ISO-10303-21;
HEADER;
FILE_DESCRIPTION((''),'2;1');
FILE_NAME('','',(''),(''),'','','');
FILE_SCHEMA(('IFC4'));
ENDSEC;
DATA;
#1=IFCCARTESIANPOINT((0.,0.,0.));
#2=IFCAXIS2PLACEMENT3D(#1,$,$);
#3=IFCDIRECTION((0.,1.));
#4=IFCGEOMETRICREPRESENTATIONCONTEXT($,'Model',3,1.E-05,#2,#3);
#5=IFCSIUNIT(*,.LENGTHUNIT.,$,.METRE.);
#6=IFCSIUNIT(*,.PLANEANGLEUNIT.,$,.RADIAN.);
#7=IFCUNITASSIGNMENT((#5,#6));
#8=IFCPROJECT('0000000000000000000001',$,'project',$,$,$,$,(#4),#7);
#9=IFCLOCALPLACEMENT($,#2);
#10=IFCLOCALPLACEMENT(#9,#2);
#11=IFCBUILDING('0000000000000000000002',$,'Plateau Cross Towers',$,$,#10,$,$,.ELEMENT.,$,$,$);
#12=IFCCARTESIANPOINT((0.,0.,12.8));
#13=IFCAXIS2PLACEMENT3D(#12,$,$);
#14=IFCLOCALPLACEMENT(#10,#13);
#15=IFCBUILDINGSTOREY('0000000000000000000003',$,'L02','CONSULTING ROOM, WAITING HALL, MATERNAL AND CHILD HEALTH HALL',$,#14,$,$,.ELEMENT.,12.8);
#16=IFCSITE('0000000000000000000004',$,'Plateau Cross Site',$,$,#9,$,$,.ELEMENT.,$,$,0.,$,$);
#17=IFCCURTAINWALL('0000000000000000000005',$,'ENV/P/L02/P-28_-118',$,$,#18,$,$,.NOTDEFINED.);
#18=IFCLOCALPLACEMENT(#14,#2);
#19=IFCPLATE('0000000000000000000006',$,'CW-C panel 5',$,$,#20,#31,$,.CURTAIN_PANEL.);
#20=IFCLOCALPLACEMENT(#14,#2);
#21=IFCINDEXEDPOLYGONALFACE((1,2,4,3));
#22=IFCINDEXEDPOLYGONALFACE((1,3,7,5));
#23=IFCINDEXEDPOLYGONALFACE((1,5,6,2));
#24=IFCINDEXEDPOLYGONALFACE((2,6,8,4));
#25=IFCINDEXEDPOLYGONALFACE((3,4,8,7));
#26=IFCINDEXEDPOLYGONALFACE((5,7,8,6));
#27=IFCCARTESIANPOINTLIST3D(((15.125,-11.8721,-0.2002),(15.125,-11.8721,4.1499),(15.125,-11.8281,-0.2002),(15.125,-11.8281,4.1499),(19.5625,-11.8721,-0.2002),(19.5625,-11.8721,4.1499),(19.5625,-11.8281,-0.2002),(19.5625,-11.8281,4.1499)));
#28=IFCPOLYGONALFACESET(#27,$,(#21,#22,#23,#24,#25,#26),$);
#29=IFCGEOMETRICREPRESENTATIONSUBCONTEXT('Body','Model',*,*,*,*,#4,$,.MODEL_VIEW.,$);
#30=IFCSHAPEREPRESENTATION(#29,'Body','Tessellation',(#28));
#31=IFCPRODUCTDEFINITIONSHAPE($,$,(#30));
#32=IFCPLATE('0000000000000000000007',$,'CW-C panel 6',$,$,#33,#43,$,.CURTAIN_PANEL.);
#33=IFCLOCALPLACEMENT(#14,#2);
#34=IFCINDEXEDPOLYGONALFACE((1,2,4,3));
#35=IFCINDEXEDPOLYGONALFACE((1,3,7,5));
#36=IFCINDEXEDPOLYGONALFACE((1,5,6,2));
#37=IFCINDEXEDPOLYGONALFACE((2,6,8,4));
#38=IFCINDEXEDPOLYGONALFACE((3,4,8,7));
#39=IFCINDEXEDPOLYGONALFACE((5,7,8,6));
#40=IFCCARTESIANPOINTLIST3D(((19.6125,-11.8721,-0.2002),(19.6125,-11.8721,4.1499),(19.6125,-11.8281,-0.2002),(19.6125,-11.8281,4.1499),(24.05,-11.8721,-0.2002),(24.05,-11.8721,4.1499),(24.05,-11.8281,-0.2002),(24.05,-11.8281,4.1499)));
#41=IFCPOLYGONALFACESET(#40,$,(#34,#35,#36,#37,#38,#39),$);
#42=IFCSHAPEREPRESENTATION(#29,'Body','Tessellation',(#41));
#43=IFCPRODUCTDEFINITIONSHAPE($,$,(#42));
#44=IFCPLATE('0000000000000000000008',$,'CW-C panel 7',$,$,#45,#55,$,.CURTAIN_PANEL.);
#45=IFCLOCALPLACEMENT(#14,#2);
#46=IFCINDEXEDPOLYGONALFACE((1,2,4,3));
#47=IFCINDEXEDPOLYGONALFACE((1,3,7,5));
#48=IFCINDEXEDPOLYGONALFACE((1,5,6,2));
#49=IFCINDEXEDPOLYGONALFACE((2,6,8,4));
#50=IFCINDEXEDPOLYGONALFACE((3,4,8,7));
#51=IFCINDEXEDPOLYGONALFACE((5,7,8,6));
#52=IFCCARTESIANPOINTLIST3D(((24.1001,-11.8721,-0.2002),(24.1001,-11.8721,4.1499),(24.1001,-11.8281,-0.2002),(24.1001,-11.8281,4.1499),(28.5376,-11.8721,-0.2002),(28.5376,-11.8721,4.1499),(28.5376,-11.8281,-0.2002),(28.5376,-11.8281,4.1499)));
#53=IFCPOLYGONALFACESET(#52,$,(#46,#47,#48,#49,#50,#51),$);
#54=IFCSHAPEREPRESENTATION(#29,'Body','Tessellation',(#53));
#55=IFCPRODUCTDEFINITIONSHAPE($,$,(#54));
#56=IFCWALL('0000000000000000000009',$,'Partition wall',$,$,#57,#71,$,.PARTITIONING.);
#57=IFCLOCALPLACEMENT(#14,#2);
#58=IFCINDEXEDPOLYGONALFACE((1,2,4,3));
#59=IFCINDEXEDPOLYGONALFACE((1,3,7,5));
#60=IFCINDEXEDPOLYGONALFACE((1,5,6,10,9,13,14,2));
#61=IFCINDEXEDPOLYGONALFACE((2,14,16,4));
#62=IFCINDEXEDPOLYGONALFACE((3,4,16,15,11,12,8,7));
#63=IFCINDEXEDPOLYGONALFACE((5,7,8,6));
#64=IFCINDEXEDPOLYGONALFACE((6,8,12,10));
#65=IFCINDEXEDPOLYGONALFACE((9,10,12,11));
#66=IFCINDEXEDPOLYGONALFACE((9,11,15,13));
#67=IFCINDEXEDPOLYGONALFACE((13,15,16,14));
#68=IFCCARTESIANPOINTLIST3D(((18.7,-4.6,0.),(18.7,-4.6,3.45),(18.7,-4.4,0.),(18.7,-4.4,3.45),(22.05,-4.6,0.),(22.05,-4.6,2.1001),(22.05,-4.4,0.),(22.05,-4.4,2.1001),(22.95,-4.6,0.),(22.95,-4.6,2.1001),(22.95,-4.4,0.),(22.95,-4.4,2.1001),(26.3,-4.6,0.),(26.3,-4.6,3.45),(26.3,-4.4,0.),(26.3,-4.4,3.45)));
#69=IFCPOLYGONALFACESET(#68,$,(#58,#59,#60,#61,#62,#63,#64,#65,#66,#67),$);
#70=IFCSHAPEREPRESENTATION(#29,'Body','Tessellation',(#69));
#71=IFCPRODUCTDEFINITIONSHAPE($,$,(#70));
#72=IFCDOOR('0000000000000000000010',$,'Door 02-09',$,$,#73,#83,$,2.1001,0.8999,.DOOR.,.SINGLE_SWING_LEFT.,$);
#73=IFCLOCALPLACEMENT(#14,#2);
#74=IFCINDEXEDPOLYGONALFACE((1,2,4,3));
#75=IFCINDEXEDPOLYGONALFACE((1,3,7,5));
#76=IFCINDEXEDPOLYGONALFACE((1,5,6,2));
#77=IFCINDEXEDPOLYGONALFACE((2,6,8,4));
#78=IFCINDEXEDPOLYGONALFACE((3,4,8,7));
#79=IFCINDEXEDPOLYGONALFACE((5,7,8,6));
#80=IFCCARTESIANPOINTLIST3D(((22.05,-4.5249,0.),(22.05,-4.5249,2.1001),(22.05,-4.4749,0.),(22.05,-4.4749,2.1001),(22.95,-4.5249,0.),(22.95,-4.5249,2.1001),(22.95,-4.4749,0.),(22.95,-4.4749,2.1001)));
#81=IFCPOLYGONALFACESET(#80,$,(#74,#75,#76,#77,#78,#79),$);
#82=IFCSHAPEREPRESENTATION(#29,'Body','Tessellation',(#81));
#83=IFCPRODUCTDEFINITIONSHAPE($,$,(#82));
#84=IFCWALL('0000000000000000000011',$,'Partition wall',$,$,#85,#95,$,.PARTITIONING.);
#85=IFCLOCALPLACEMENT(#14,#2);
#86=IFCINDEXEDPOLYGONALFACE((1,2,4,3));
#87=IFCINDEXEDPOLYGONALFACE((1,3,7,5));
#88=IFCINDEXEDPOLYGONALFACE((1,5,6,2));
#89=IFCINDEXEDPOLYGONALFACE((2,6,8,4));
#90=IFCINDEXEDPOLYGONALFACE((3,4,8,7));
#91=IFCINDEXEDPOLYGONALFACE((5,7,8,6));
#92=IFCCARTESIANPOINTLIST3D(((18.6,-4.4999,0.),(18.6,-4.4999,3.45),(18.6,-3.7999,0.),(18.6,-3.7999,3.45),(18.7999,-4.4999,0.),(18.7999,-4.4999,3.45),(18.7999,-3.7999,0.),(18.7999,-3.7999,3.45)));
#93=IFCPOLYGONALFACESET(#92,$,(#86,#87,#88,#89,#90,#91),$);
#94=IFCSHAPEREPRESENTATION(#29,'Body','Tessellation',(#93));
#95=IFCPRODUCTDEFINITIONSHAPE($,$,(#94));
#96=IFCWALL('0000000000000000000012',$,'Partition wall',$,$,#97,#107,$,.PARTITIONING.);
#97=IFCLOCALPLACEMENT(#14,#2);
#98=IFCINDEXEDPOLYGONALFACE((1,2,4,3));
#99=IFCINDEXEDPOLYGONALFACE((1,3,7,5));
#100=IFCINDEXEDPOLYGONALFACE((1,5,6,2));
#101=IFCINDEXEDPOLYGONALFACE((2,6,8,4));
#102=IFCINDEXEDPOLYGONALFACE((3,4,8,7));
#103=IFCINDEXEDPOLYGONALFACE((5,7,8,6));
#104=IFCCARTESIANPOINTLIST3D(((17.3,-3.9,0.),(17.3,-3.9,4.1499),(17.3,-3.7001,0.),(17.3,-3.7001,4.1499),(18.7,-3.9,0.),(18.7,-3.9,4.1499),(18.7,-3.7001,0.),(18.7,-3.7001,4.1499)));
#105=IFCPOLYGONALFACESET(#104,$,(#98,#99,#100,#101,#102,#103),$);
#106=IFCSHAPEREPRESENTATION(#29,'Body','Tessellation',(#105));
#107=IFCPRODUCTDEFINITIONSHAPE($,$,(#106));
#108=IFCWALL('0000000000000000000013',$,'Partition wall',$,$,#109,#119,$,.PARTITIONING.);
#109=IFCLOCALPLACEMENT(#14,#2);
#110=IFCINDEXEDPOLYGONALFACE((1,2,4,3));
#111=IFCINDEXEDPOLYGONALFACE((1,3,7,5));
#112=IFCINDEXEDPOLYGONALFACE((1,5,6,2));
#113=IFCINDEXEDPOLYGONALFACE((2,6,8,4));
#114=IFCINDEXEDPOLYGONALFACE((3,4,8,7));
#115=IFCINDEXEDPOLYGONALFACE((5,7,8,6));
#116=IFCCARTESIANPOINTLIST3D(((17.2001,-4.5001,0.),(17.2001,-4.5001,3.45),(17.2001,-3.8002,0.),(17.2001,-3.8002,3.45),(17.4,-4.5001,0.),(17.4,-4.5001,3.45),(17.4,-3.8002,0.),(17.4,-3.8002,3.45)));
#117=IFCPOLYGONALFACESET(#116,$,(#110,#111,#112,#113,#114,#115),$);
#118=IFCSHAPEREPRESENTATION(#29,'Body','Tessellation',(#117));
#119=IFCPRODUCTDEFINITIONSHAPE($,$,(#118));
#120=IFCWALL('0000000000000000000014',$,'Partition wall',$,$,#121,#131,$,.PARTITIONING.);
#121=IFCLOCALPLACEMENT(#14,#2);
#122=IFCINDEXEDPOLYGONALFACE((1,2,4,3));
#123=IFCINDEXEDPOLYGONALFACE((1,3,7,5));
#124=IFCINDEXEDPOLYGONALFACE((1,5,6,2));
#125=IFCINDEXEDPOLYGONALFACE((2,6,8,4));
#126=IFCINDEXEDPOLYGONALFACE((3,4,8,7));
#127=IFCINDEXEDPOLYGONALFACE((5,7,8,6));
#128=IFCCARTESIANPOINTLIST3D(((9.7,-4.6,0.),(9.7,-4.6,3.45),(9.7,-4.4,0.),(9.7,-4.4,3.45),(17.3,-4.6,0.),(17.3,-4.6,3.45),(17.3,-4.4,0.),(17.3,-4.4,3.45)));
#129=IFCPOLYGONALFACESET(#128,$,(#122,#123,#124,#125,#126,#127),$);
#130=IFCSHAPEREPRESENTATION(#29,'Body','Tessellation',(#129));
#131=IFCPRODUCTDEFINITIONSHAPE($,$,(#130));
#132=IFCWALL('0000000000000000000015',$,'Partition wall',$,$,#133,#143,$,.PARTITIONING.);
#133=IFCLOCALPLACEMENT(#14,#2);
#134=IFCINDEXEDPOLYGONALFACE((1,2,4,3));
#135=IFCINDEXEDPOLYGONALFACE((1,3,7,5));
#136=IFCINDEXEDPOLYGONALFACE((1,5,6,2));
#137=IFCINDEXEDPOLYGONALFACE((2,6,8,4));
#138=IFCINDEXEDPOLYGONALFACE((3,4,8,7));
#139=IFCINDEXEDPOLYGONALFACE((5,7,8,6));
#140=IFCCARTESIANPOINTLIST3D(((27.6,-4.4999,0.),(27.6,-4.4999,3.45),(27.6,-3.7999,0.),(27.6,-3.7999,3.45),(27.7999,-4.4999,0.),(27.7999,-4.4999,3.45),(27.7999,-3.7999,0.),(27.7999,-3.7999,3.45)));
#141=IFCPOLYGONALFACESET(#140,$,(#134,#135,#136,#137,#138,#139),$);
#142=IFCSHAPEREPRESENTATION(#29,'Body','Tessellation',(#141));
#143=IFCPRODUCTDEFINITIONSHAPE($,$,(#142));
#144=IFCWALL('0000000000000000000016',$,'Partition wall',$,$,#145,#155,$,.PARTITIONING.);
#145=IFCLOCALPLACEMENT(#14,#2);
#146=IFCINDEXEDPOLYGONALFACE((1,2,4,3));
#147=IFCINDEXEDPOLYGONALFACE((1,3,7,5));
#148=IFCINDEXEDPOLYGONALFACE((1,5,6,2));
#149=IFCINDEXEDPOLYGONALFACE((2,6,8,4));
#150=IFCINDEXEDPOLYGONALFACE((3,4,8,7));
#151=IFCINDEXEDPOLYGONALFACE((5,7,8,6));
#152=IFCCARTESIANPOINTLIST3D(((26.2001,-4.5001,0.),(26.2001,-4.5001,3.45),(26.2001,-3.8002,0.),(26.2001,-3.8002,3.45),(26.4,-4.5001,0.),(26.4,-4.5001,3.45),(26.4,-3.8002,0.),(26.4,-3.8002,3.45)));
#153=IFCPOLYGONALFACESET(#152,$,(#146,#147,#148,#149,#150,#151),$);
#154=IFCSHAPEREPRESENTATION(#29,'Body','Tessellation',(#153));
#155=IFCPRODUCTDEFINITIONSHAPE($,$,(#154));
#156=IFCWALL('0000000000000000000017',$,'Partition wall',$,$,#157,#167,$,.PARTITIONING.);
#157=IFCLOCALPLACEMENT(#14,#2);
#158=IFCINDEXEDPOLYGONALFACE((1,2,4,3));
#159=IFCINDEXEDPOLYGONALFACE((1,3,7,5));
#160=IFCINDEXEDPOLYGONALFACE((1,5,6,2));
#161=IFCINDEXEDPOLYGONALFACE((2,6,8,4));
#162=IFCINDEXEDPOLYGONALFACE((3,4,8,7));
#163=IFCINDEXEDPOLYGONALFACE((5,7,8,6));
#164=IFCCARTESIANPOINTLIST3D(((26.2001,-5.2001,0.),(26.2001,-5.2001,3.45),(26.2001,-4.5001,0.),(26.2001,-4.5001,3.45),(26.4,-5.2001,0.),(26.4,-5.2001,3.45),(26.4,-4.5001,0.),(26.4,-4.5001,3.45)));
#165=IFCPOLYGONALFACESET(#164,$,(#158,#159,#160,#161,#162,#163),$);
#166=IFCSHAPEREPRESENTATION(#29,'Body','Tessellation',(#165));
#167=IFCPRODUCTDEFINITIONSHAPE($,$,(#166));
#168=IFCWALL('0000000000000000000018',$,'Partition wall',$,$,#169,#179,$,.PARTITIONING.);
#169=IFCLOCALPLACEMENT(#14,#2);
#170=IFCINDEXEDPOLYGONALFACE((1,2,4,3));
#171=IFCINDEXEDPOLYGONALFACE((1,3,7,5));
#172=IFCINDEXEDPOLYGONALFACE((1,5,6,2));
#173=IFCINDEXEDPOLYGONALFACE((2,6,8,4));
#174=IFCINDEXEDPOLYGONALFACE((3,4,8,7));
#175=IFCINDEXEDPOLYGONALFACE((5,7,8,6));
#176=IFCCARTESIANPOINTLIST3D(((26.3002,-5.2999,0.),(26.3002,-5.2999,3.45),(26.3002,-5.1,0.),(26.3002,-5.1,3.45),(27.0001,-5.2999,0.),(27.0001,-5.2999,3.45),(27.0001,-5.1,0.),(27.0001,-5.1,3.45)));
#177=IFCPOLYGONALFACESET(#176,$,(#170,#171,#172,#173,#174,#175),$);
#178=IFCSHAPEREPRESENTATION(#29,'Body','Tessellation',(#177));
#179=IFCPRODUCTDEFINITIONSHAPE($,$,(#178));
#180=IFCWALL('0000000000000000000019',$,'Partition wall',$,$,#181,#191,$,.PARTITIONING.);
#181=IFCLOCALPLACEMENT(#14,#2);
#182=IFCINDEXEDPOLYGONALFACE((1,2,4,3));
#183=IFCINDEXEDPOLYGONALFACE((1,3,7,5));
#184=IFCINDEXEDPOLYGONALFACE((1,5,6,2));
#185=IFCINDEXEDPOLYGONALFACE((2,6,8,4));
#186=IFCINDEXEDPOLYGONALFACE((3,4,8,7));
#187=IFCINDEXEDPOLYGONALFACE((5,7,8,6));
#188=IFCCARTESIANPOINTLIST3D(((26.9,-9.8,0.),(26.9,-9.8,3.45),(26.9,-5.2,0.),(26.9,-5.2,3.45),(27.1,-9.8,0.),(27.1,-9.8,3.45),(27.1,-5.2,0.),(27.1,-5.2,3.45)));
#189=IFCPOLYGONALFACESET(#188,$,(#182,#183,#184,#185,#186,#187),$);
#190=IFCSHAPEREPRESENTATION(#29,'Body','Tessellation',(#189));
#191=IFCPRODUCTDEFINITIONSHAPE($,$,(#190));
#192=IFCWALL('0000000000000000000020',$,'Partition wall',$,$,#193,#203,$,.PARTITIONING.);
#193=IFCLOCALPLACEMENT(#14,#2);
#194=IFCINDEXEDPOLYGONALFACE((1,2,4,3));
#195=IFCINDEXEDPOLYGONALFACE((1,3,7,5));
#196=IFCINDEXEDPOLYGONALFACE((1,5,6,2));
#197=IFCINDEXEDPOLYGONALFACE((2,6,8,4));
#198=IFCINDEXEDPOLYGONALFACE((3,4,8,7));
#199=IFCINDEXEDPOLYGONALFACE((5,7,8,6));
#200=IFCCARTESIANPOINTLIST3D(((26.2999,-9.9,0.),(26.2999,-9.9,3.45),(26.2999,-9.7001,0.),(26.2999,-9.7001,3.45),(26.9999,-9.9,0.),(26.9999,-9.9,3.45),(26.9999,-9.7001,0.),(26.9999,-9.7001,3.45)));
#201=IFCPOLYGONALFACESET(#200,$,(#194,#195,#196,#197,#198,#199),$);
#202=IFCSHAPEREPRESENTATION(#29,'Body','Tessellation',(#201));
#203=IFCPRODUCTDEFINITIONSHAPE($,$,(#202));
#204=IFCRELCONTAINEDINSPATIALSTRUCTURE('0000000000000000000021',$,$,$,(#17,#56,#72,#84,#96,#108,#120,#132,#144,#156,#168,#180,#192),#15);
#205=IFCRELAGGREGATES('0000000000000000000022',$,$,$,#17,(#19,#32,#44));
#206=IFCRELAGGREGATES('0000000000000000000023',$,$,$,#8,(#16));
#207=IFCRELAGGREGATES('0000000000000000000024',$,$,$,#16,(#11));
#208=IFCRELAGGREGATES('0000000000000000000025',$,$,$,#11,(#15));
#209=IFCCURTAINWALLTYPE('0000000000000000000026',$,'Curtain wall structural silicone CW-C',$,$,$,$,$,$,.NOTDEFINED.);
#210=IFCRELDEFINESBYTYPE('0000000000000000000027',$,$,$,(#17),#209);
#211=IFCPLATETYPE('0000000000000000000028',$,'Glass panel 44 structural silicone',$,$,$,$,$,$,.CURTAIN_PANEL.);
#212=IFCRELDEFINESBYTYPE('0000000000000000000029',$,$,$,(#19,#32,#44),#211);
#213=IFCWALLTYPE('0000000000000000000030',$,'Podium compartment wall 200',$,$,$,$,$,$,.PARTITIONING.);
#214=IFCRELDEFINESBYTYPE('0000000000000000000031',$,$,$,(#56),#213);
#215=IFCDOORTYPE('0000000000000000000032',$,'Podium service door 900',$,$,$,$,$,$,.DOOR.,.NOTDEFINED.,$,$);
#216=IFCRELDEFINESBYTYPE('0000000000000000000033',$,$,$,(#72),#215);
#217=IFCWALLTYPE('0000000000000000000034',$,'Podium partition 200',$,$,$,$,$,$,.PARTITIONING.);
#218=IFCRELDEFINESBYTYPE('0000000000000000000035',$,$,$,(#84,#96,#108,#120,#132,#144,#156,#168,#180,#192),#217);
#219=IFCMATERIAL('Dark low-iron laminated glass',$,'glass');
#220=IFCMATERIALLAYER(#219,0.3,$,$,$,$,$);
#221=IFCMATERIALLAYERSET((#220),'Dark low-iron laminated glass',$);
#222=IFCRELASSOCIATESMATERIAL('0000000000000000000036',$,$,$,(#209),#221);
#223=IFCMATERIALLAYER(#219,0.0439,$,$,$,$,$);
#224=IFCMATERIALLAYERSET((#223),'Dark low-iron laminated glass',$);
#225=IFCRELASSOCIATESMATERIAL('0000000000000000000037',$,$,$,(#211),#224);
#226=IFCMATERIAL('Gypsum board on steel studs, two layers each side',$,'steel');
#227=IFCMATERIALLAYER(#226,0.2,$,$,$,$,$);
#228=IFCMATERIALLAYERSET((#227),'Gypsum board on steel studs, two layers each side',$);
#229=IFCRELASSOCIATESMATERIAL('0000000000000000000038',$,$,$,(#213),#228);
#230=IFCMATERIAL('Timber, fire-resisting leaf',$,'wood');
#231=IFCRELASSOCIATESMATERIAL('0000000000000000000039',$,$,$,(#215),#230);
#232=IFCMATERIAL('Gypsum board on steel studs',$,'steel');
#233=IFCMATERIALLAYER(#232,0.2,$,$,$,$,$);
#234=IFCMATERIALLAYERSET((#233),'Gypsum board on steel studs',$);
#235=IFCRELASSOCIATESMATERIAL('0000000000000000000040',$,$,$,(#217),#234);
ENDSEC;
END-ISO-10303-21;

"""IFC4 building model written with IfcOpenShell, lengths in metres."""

from ifc_helpers import new_model, si_unit, direction, frame, frame_2d, origin, origin_2d, place, context, subcontext, project, spatial, rectangle, extrude, material, layer, layer_set, type_object, element, fill, aggregate, save


model = new_model("IFC4")

# Units and contexts
model_context = context("Model", 3, precision=1e-05, world=origin(), true_north=direction((0.0, 1.0)))
body_context = subcontext(model_context, "Body", "Model", "MODEL_VIEW")
ifc_project = project(units=[si_unit("LENGTHUNIT", "METRE"), si_unit("PLANEANGLEUNIT", "RADIAN")], contexts=[model_context])

# Site, building, storey
site_placement = place(None, origin())
site = spatial("IfcSite", under=ifc_project, at=site_placement, Name="Plateau Cross Site", CompositionType="ELEMENT", RefElevation=0.0)
building_placement = place(site_placement, origin())
building = spatial("IfcBuilding", under=site, at=building_placement, Name="Plateau Cross Towers", CompositionType="ELEMENT")
storey_placement = place(building_placement, frame((0.0, 0.0, 12.8)))
storey = spatial("IfcBuildingStorey", under=building, at=storey_placement, Name="L02", Description="CONSULTING ROOM, WAITING HALL, MATERNAL AND CHILD HEALTH HALL", CompositionType="ELEMENT", Elevation=12.8)

# Curtain wall
ifc_material_1 = material(Name="Dark low-iron laminated glass", Category="glass")
ifc_layer_1 = layer(ifc_material_1, 0.3)
ifc_layer_set_1 = layer_set([ifc_layer_1], Name="Dark low-iron laminated glass")
curtain_wall_type = type_object("IfcCurtainWallType", Name="Curtain wall structural silicone CW-C", PredefinedType="NOTDEFINED", material=ifc_layer_set_1)
curtain_wall_placement = place(storey_placement, origin())
curtain_wall = element("IfcCurtainWall", 1, at=curtain_wall_placement, inside=storey, type_object=curtain_wall_type, Name="ENV/P/L02/P-28_-118", PredefinedType="NOTDEFINED")

# Plates
ifc_layer_2 = layer(ifc_material_1, 0.0439)
ifc_layer_set_2 = layer_set([ifc_layer_2], Name="Dark low-iron laminated glass")
plate_type = type_object("IfcPlateType", Name="Glass panel 44 structural silicone", PredefinedType="CURTAIN_PANEL", material=ifc_layer_set_2)
plate_1_placement = place(storey_placement, frame((17.3438, -11.8501, -0.2002), z_axis=(0.0, 0.0, 1.0), x_axis=(1.0, 0.0, 0.0)))
plate_1 = element("IfcPlate", 2, at=plate_1_placement, type_object=plate_type, Name="CW-C panel 5", PredefinedType="CURTAIN_PANEL", context=body_context, shape_type="SweptSolid", body=[
    extrude(rectangle(XDim=4.4375, YDim=0.0439, at=origin_2d()), origin(), (0.0, 0.0, 1.0), 4.3501),
])
plate_2_placement = place(storey_placement, frame((21.8313, -11.8501, -0.2002), z_axis=(0.0, 0.0, 1.0), x_axis=(1.0, 0.0, 0.0)))
plate_2 = element("IfcPlate", 3, at=plate_2_placement, type_object=plate_type, Name="CW-C panel 6", PredefinedType="CURTAIN_PANEL", context=body_context, shape_type="SweptSolid", body=[
    extrude(rectangle(XDim=4.4375, YDim=0.0439, at=origin_2d()), origin(), (0.0, 0.0, 1.0), 4.3501),
])
plate_3_placement = place(storey_placement, frame((26.3188, -11.8501, -0.2002), z_axis=(0.0, 0.0, 1.0), x_axis=(1.0, 0.0, 0.0)))
plate_3 = element("IfcPlate", 4, at=plate_3_placement, type_object=plate_type, Name="CW-C panel 7", PredefinedType="CURTAIN_PANEL", context=body_context, shape_type="SweptSolid", body=[
    extrude(rectangle(XDim=4.4375, YDim=0.0439, at=origin_2d()), origin(), (0.0, 0.0, 1.0), 4.3501),
])
aggregate(curtain_wall, [plate_1, plate_2, plate_3])

# Wall, opening, door
ifc_material_2 = material(Name="Gypsum board on steel studs, two layers each side", Category="steel")
ifc_layer_3 = layer(ifc_material_2, 0.2)
ifc_layer_set_3 = layer_set([ifc_layer_3], Name="Gypsum board on steel studs, two layers each side")
wall_type_1 = type_object("IfcWallType", Name="Podium compartment wall 200", PredefinedType="PARTITIONING", material=ifc_layer_set_3)
wall_1_placement = place(storey_placement, frame((26.3, -4.5, 0.0), z_axis=(0.0, 0.0, 1.0), x_axis=(-1.0, 0.0, 0.0)))
wall_1 = element("IfcWall", 5, at=wall_1_placement, inside=storey, type_object=wall_type_1, Name="Partition wall", PredefinedType="PARTITIONING", context=body_context, shape_type="SweptSolid", body=[
    extrude(rectangle(XDim=7.6001, YDim=0.2, at=frame_2d((3.8, 0.0))), origin(), (0.0, 0.0, 1.0), 3.45),
])
opening_placement = place(wall_1_placement, frame((3.3501, 0.0, 0.0)))
opening = element("IfcOpeningElement", 6, at=opening_placement, cuts=wall_1, PredefinedType="OPENING", context=body_context, shape_type="SweptSolid", body=[
    extrude(rectangle(XDim=0.8999, YDim=2.1001, at=frame_2d((0.45, 1.05))), frame((0.0, 0.1099, 0.0), z_axis=(0.0, -1.0, 0.0), x_axis=(1.0, 0.0, 0.0)), (0.0, 0.0, 1.0), 0.22),
])
ifc_material_3 = material(Name="Timber, fire-resisting leaf", Category="wood")
door_type = type_object("IfcDoorType", Name="Podium service door 900", OperationType="NOTDEFINED", PredefinedType="DOOR", material=ifc_material_3)
door_placement = place(opening_placement, origin())
door = element("IfcDoor", 7, at=door_placement, inside=storey, type_object=door_type, Name="Door 02-09", OperationType="SINGLE_SWING_LEFT", OverallHeight=2.1001, OverallWidth=0.8999, PredefinedType="DOOR", context=body_context, shape_type="SweptSolid", body=[
    extrude(rectangle(XDim=0.8999, YDim=2.1001, at=frame_2d((0.45, 1.05))), frame((0.0, 0.0249, 0.0), z_axis=(0.0, -1.0, 0.0), x_axis=(1.0, 0.0, 0.0)), (0.0, 0.0, 1.0), 0.05),
])
fill(opening, door)

# Walls
ifc_material_4 = material(Name="Gypsum board on steel studs", Category="steel")
ifc_layer_4 = layer(ifc_material_4, 0.2)
ifc_layer_set_4 = layer_set([ifc_layer_4], Name="Gypsum board on steel studs")
wall_type_2 = type_object("IfcWallType", Name="Podium partition 200", PredefinedType="PARTITIONING", material=ifc_layer_set_4)
wall_2_placement = place(storey_placement, frame((18.7, -4.5, 0.0), z_axis=(0.0, 0.0, 1.0), x_axis=(0.0, 1.0, 0.0)))
element("IfcWall", 8, at=wall_2_placement, inside=storey, type_object=wall_type_2, Name="Partition wall", PredefinedType="PARTITIONING", context=body_context, shape_type="SweptSolid", body=[
    extrude(rectangle(XDim=0.7, YDim=0.2, at=frame_2d((0.3501, 0.0))), origin(), (0.0, 0.0, 1.0), 3.45),
])
wall_3_placement = place(storey_placement, frame((18.7, -3.8, 0.0), z_axis=(0.0, 0.0, 1.0), x_axis=(-1.0, 0.0, 0.0)))
element("IfcWall", 9, at=wall_3_placement, inside=storey, type_object=wall_type_2, Name="Partition wall", PredefinedType="PARTITIONING", context=body_context, shape_type="SweptSolid", body=[
    extrude(rectangle(XDim=1.3999, YDim=0.2, at=frame_2d((0.7, 0.0))), origin(), (0.0, 0.0, 1.0), 4.1499),
])
wall_4_placement = place(storey_placement, frame((17.3, -3.8, 0.0), z_axis=(0.0, 0.0, 1.0), x_axis=(0.0, -1.0, 0.0)))
element("IfcWall", 10, at=wall_4_placement, inside=storey, type_object=wall_type_2, Name="Partition wall", PredefinedType="PARTITIONING", context=body_context, shape_type="SweptSolid", body=[
    extrude(rectangle(XDim=0.7, YDim=0.2, at=frame_2d((0.3501, 0.0))), origin(), (0.0, 0.0, 1.0), 3.45),
])
wall_5_placement = place(storey_placement, frame((17.3, -4.5, 0.0), z_axis=(0.0, 0.0, 1.0), x_axis=(-1.0, 0.0, 0.0)))
element("IfcWall", 11, at=wall_5_placement, inside=storey, type_object=wall_type_2, Name="Partition wall", PredefinedType="PARTITIONING", context=body_context, shape_type="SweptSolid", body=[
    extrude(rectangle(XDim=7.6001, YDim=0.2, at=frame_2d((3.8, 0.0))), origin(), (0.0, 0.0, 1.0), 3.45),
])
for number, where, z_axis, x_axis, name in (
    (12, (27.7, -4.5, 0.0), (0.0, 0.0, 1.0), (0.0, 1.0, 0.0), "Partition wall"),
    (13, (26.3, -3.8, 0.0), (0.0, 0.0, 1.0), (0.0, -1.0, 0.0), "Partition wall"),
    (14, (26.3, -4.5, 0.0), (0.0, 0.0, 1.0), (0.0, -1.0, 0.0), "Partition wall"),
    (15, (26.3, -5.2, 0.0), (0.0, 0.0, 1.0), (1.0, 0.0, 0.0), "Partition wall"),
):
    element("IfcWall", number, at=place(storey_placement, frame(where, z_axis=z_axis, x_axis=x_axis)), inside=storey, type_object=wall_type_2, Name=name, PredefinedType="PARTITIONING", context=body_context, shape_type="SweptSolid", body=[
        extrude(rectangle(XDim=0.7, YDim=0.2, at=frame_2d((0.3501, 0.0))), origin(), (0.0, 0.0, 1.0), 3.45),
    ])
wall_6_placement = place(storey_placement, frame((27.0, -5.2, 0.0), z_axis=(0.0, 0.0, 1.0), x_axis=(0.0, -1.0, 0.0)))
element("IfcWall", 16, at=wall_6_placement, inside=storey, type_object=wall_type_2, Name="Partition wall", PredefinedType="PARTITIONING", context=body_context, shape_type="SweptSolid", body=[
    extrude(rectangle(XDim=4.6001, YDim=0.2, at=frame_2d((2.3, 0.0))), origin(), (0.0, 0.0, 1.0), 3.45),
])
wall_7_placement = place(storey_placement, frame((27.0, -9.8, 0.0), z_axis=(0.0, 0.0, 1.0), x_axis=(-1.0, 0.0, 0.0)))
element("IfcWall", 17, at=wall_7_placement, inside=storey, type_object=wall_type_2, Name="Partition wall", PredefinedType="PARTITIONING", context=body_context, shape_type="SweptSolid", body=[
    extrude(rectangle(XDim=0.7, YDim=0.2, at=frame_2d((0.3501, 0.0))), origin(), (0.0, 0.0, 1.0), 3.45),
])

save(model, "model.ifc")
